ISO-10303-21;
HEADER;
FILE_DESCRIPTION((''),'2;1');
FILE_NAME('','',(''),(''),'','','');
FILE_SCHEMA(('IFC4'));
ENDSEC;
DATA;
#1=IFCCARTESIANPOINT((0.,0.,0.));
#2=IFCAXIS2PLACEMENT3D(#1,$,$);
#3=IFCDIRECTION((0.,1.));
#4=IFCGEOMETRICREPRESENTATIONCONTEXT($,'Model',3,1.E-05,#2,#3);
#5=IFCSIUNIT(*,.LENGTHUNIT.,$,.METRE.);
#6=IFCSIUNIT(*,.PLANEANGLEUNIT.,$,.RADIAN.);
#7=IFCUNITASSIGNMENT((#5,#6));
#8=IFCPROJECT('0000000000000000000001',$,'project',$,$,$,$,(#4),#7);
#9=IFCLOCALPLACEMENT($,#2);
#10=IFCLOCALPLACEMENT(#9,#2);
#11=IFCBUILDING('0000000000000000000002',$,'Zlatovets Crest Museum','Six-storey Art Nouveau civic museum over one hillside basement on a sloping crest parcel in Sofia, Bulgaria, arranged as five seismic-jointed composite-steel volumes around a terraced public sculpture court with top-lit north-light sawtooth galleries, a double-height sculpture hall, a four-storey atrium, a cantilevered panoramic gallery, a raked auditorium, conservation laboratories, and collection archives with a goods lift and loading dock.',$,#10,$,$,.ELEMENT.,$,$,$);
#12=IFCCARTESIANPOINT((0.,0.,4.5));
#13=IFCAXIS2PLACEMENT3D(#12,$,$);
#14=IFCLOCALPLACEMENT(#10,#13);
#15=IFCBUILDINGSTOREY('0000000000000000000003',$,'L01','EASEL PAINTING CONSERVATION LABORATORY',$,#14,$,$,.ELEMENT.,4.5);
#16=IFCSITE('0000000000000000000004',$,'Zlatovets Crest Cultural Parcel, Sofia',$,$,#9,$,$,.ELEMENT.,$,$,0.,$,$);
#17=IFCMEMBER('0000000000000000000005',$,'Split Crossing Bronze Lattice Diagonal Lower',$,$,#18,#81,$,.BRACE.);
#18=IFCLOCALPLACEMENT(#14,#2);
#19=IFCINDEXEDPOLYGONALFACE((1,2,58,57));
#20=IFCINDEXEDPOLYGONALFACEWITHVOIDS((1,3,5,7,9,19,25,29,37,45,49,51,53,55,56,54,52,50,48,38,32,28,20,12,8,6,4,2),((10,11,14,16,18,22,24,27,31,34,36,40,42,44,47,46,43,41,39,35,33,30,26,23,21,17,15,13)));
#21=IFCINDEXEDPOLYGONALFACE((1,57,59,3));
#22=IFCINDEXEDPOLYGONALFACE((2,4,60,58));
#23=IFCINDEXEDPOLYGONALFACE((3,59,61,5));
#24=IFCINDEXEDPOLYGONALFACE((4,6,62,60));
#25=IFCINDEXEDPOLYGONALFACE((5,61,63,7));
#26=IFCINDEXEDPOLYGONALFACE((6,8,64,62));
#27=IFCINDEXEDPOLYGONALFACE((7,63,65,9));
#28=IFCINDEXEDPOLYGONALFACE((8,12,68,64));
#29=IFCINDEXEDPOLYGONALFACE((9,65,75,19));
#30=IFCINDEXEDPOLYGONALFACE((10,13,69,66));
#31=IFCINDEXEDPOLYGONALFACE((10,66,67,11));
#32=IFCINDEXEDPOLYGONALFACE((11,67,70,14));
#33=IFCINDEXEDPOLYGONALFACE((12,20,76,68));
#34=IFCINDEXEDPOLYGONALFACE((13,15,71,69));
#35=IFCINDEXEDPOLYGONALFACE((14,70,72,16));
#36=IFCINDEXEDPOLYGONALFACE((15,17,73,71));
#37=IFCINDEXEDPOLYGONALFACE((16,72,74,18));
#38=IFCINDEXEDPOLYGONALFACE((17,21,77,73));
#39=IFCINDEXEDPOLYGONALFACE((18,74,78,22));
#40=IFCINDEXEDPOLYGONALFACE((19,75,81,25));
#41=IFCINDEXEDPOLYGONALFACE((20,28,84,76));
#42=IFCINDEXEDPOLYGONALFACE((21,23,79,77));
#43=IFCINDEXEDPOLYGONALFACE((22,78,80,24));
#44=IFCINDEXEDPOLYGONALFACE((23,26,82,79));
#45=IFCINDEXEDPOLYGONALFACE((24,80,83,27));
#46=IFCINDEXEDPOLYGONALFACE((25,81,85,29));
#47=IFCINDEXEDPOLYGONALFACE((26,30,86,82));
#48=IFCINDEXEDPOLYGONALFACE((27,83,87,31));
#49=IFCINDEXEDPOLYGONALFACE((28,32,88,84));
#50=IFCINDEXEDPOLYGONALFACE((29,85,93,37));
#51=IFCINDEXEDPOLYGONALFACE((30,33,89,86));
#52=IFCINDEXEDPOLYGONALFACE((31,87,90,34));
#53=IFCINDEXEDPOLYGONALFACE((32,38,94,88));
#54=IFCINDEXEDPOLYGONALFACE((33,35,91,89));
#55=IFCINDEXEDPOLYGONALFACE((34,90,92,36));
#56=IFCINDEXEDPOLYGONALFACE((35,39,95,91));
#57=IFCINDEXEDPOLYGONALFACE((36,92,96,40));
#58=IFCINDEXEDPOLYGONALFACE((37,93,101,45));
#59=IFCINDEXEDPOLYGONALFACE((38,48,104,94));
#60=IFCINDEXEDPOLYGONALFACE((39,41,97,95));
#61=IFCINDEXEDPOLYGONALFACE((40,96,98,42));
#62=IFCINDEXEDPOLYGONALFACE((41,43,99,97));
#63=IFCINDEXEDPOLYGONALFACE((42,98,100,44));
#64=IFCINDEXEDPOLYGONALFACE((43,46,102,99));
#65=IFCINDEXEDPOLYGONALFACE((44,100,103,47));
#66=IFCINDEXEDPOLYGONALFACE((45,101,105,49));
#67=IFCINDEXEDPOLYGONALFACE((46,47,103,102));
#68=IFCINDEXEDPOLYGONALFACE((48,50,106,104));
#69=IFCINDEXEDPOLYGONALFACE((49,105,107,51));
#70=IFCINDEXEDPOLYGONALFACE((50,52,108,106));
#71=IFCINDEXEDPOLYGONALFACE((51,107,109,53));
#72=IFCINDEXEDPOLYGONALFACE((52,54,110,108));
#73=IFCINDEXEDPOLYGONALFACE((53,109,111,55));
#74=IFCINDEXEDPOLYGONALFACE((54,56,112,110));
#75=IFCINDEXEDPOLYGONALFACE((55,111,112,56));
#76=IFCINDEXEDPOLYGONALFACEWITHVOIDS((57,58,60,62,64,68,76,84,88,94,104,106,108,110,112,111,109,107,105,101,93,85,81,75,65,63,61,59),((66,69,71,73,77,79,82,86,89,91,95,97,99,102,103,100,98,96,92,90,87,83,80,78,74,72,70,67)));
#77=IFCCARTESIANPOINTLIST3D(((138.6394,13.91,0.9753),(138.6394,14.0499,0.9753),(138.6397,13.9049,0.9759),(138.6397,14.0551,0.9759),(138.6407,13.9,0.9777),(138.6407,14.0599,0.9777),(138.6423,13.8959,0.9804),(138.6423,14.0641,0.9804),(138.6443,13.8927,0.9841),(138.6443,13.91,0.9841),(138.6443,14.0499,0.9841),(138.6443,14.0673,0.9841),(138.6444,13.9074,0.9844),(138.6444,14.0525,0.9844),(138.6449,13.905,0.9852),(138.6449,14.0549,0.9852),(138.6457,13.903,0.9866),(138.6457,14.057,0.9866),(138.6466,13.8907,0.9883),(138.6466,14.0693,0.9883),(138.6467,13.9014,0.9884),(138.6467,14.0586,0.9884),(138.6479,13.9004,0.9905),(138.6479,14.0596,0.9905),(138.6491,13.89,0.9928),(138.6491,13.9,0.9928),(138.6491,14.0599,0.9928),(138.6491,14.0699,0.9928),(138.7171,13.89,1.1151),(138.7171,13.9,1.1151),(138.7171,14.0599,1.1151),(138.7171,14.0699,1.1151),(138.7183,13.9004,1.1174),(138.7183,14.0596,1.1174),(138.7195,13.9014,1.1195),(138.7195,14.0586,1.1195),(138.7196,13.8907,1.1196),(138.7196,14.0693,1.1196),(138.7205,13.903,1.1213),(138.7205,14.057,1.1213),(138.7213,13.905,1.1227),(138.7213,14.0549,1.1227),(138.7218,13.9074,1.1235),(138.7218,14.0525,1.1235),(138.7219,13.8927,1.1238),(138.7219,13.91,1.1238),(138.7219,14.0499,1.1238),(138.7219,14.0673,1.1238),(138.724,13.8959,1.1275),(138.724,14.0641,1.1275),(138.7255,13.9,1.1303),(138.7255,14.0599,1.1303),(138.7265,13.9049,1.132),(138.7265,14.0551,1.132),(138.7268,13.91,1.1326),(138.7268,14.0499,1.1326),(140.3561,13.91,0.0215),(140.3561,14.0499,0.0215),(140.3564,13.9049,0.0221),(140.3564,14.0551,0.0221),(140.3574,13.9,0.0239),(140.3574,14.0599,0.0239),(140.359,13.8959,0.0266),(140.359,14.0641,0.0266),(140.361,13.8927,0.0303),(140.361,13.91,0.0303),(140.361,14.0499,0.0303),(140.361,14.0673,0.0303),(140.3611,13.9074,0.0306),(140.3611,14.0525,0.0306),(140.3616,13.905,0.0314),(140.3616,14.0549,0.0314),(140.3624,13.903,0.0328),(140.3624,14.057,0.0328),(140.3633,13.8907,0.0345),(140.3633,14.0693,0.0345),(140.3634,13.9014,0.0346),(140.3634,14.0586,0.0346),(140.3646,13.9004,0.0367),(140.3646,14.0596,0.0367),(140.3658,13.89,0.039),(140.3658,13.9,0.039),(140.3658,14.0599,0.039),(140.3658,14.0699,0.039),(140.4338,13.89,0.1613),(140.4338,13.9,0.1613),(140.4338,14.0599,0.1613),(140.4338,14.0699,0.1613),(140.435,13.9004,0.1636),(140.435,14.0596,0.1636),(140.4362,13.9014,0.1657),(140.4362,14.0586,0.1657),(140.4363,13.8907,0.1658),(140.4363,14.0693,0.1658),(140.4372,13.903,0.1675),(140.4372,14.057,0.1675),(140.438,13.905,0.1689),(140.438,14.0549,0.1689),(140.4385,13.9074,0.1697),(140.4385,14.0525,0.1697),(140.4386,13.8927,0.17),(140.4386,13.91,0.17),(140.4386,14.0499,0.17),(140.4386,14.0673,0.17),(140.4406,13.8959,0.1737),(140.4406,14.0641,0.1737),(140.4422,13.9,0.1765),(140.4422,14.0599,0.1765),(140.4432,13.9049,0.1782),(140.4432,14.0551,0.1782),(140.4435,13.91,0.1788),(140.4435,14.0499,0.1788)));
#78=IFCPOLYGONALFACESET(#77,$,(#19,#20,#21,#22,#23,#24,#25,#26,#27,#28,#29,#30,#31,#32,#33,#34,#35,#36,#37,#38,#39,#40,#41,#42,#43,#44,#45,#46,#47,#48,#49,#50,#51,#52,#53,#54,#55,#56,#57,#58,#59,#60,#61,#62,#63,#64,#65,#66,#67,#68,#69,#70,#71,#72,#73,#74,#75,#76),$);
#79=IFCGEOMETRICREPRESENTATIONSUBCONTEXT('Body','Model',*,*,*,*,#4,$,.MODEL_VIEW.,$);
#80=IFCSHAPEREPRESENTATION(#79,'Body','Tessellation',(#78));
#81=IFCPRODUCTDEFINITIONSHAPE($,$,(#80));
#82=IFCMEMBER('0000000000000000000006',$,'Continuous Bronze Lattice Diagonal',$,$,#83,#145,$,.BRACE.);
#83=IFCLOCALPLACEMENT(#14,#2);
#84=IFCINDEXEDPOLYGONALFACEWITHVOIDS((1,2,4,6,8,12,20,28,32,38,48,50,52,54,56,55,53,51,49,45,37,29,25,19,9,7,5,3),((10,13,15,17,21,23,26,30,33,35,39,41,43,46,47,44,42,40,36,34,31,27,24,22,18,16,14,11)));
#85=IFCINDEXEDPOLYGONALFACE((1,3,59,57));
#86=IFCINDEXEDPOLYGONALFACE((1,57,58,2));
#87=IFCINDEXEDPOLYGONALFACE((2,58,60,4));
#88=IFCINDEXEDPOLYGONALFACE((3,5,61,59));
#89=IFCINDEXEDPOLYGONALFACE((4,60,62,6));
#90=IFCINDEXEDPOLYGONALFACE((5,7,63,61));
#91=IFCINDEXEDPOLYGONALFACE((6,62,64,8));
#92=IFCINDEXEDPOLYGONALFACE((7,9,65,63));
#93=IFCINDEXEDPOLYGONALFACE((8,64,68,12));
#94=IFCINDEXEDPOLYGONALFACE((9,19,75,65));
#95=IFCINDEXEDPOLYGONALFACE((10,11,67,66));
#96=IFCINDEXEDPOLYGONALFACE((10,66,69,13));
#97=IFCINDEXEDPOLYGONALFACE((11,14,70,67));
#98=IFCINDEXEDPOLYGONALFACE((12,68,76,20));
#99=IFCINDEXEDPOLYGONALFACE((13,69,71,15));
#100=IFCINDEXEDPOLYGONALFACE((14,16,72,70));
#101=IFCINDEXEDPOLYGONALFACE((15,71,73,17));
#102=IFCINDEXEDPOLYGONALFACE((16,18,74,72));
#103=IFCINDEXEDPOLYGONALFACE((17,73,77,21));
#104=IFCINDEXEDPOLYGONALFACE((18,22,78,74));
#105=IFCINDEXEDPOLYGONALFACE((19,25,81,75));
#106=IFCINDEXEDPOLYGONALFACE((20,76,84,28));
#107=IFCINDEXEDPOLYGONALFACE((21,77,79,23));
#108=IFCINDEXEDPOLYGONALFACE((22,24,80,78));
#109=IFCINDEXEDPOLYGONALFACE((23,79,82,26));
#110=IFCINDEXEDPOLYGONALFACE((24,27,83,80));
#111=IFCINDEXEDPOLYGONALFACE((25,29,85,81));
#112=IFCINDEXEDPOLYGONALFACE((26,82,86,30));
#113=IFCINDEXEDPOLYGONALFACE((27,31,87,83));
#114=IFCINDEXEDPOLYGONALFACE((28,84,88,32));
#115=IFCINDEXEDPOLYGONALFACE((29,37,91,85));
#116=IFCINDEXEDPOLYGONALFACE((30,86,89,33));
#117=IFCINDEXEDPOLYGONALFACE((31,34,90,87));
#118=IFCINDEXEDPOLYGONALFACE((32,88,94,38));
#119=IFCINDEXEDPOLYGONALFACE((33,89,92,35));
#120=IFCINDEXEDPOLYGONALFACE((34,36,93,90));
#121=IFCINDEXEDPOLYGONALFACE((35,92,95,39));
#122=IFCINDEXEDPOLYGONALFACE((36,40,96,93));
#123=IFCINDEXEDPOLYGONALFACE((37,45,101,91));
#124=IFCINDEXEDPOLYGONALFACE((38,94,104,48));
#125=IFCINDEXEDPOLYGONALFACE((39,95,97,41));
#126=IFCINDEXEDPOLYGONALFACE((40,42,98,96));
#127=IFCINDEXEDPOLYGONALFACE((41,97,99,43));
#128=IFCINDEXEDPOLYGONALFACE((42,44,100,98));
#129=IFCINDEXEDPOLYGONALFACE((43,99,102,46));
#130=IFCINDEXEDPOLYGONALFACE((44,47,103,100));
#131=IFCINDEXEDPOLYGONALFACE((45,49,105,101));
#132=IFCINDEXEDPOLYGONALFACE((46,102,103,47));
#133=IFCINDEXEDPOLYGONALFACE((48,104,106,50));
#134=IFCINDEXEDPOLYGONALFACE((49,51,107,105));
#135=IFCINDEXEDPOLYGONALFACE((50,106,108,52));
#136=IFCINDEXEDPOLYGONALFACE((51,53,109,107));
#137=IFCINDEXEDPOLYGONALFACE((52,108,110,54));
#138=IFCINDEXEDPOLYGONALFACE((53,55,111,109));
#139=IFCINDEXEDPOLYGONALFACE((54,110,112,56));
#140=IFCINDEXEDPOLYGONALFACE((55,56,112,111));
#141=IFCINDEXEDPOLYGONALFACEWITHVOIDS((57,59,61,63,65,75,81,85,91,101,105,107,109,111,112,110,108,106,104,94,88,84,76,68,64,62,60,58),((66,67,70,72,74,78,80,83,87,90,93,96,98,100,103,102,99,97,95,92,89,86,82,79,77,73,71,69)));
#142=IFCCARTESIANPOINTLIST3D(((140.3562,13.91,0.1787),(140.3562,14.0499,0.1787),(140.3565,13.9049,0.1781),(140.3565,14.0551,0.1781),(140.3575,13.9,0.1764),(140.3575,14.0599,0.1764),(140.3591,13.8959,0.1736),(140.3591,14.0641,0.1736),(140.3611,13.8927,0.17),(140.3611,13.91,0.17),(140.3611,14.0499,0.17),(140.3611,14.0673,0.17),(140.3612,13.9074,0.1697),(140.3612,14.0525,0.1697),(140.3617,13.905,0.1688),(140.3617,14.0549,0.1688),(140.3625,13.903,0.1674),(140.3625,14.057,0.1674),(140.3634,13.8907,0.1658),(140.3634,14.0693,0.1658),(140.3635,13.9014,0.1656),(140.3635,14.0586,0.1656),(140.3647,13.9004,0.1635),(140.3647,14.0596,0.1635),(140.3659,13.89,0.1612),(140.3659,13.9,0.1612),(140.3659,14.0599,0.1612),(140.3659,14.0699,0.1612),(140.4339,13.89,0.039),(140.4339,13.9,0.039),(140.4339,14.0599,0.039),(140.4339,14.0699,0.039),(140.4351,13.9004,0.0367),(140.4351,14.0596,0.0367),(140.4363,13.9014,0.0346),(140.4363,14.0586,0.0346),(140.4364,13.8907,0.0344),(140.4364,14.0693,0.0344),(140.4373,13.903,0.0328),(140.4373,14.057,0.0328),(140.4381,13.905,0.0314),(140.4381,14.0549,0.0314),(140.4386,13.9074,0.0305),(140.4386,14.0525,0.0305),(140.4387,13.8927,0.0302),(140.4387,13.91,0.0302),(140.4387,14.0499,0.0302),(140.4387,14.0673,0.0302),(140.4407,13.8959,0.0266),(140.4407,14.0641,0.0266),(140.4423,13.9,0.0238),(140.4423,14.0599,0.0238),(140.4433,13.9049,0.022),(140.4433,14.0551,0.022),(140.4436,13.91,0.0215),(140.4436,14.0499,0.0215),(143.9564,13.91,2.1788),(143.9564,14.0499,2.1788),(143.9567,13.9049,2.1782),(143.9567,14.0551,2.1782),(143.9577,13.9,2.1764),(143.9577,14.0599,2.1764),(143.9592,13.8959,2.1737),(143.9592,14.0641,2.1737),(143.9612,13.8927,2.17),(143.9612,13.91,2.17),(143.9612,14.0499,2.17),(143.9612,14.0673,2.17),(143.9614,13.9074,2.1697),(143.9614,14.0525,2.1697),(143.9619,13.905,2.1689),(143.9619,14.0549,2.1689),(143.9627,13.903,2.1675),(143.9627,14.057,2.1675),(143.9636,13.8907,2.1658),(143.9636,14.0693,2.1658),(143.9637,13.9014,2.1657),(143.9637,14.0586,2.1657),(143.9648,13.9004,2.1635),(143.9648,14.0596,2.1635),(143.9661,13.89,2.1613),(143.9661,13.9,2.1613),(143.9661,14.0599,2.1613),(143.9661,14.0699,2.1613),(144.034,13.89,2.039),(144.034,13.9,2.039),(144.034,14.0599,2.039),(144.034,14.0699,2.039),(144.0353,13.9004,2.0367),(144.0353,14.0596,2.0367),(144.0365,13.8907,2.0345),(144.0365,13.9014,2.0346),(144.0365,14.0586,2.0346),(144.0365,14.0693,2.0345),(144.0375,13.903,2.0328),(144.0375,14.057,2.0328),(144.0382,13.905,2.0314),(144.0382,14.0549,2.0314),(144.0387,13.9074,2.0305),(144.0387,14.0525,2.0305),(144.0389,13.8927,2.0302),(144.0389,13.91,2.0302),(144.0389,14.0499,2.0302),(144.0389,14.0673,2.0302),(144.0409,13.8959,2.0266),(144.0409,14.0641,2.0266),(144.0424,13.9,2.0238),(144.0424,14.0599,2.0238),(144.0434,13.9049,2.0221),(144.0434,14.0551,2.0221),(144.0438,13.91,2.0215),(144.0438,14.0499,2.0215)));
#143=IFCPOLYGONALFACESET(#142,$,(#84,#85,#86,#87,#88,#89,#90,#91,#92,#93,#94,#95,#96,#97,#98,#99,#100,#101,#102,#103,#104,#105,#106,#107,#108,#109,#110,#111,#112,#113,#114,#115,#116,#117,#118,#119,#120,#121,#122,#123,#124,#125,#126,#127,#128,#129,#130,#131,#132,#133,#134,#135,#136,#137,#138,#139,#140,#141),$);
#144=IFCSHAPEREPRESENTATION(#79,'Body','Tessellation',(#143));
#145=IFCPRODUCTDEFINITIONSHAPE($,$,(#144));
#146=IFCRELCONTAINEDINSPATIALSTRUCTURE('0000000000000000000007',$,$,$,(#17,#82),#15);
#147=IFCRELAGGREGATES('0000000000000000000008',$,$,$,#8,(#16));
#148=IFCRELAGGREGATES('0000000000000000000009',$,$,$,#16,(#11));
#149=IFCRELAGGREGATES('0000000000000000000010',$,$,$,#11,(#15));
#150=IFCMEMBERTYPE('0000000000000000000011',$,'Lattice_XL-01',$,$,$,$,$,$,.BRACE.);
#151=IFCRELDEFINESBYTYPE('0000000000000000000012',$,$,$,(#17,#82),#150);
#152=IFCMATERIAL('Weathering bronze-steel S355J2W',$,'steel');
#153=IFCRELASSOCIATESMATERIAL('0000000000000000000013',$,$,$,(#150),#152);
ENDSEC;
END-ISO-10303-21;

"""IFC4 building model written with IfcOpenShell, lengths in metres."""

from ifc_helpers import new_model, si_unit, direction, frame, origin, origin_2d, place, context, subcontext, project, spatial, hollow_rectangle, extrude, material, material_profile, profile_set, type_object, element, save


model = new_model("IFC4")

# Units and contexts
model_context = context("Model", 3, precision=1e-05, world=origin(), true_north=direction((0.0, 1.0)))
body_context = subcontext(model_context, "Body", "Model", "MODEL_VIEW")
ifc_project = project(units=[si_unit("LENGTHUNIT", "METRE"), si_unit("PLANEANGLEUNIT", "RADIAN")], contexts=[model_context])

# Site, building, storey
site_placement = place(None, origin())
site = spatial("IfcSite", under=ifc_project, at=site_placement, Name="Zlatovets Crest Cultural Parcel, Sofia", CompositionType="ELEMENT", RefElevation=0.0)
building_placement = place(site_placement, origin())
building = spatial("IfcBuilding", under=site, at=building_placement, Name="Zlatovets Crest Museum", Description="Six-storey Art Nouveau civic museum over one hillside basement on a sloping crest parcel in Sofia, Bulgaria, arranged as five seismic-jointed composite-steel volumes around a terraced public sculpture court with top-lit north-light sawtooth galleries, a double-height sculpture hall, a four-storey atrium, a cantilevered panoramic gallery, a raked auditorium, conservation laboratories, and collection archives with a goods lift and loading dock.", CompositionType="ELEMENT")
storey_placement = place(building_placement, frame((0.0, 0.0, 4.5)))
storey = spatial("IfcBuildingStorey", under=building, at=storey_placement, Name="L01", Description="EASEL PAINTING CONSERVATION LABORATORY", CompositionType="ELEMENT", Elevation=4.5)

# Members
ifc_material_1 = material(Name="Weathering bronze-steel S355J2W", Category="steel")
ifc_material_profile_1 = material_profile(ifc_material_1, hollow_rectangle(XDim=0.1799, YDim=0.1799, WallThickness=0.01, InnerFilletRadius=0.01, OuterFilletRadius=0.02, at=origin_2d()), Name="SHS 180x180x10.0")
ifc_profile_set_1 = profile_set([ifc_material_profile_1], Name="Weathering bronze-steel S355J2W")
member_type_1 = type_object("IfcMemberType", Name="Lattice_XL-01", PredefinedType="BRACE", material=ifc_profile_set_1)
member_1_placement = place(storey_placement, frame((138.6831, 13.98, 1.054), z_axis=(0.87414, 0.0, -0.485675), x_axis=(0.0, 1.0, 0.0)))
element("IfcMember", 1, at=member_1_placement, inside=storey, type_object=member_type_1, Name="Split Crossing Bronze Lattice Diagonal Lower", PredefinedType="BRACE", context=body_context, shape_type="SweptSolid", body=[
    extrude(hollow_rectangle(XDim=0.1799, YDim=0.1799, WallThickness=0.01, InnerFilletRadius=0.01, OuterFilletRadius=0.02, at=origin_2d()), origin(), (0.0, 0.0, 1.0), 1.9639),
])
member_2_placement = place(storey_placement, frame((140.3999, 13.98, 0.1001), z_axis=(0.874163, 0.0, 0.485633), x_axis=(0.0, 1.0, 0.0)))
element("IfcMember", 2, at=member_2_placement, inside=storey, type_object=member_type_1, Name="Continuous Bronze Lattice Diagonal", PredefinedType="BRACE", context=body_context, shape_type="SweptSolid", body=[
    extrude(hollow_rectangle(XDim=0.1799, YDim=0.1799, WallThickness=0.01, InnerFilletRadius=0.01, OuterFilletRadius=0.02, at=origin_2d()), origin(), (0.0, 0.0, 1.0), 4.1184),
])

save(model, "model.ifc")
